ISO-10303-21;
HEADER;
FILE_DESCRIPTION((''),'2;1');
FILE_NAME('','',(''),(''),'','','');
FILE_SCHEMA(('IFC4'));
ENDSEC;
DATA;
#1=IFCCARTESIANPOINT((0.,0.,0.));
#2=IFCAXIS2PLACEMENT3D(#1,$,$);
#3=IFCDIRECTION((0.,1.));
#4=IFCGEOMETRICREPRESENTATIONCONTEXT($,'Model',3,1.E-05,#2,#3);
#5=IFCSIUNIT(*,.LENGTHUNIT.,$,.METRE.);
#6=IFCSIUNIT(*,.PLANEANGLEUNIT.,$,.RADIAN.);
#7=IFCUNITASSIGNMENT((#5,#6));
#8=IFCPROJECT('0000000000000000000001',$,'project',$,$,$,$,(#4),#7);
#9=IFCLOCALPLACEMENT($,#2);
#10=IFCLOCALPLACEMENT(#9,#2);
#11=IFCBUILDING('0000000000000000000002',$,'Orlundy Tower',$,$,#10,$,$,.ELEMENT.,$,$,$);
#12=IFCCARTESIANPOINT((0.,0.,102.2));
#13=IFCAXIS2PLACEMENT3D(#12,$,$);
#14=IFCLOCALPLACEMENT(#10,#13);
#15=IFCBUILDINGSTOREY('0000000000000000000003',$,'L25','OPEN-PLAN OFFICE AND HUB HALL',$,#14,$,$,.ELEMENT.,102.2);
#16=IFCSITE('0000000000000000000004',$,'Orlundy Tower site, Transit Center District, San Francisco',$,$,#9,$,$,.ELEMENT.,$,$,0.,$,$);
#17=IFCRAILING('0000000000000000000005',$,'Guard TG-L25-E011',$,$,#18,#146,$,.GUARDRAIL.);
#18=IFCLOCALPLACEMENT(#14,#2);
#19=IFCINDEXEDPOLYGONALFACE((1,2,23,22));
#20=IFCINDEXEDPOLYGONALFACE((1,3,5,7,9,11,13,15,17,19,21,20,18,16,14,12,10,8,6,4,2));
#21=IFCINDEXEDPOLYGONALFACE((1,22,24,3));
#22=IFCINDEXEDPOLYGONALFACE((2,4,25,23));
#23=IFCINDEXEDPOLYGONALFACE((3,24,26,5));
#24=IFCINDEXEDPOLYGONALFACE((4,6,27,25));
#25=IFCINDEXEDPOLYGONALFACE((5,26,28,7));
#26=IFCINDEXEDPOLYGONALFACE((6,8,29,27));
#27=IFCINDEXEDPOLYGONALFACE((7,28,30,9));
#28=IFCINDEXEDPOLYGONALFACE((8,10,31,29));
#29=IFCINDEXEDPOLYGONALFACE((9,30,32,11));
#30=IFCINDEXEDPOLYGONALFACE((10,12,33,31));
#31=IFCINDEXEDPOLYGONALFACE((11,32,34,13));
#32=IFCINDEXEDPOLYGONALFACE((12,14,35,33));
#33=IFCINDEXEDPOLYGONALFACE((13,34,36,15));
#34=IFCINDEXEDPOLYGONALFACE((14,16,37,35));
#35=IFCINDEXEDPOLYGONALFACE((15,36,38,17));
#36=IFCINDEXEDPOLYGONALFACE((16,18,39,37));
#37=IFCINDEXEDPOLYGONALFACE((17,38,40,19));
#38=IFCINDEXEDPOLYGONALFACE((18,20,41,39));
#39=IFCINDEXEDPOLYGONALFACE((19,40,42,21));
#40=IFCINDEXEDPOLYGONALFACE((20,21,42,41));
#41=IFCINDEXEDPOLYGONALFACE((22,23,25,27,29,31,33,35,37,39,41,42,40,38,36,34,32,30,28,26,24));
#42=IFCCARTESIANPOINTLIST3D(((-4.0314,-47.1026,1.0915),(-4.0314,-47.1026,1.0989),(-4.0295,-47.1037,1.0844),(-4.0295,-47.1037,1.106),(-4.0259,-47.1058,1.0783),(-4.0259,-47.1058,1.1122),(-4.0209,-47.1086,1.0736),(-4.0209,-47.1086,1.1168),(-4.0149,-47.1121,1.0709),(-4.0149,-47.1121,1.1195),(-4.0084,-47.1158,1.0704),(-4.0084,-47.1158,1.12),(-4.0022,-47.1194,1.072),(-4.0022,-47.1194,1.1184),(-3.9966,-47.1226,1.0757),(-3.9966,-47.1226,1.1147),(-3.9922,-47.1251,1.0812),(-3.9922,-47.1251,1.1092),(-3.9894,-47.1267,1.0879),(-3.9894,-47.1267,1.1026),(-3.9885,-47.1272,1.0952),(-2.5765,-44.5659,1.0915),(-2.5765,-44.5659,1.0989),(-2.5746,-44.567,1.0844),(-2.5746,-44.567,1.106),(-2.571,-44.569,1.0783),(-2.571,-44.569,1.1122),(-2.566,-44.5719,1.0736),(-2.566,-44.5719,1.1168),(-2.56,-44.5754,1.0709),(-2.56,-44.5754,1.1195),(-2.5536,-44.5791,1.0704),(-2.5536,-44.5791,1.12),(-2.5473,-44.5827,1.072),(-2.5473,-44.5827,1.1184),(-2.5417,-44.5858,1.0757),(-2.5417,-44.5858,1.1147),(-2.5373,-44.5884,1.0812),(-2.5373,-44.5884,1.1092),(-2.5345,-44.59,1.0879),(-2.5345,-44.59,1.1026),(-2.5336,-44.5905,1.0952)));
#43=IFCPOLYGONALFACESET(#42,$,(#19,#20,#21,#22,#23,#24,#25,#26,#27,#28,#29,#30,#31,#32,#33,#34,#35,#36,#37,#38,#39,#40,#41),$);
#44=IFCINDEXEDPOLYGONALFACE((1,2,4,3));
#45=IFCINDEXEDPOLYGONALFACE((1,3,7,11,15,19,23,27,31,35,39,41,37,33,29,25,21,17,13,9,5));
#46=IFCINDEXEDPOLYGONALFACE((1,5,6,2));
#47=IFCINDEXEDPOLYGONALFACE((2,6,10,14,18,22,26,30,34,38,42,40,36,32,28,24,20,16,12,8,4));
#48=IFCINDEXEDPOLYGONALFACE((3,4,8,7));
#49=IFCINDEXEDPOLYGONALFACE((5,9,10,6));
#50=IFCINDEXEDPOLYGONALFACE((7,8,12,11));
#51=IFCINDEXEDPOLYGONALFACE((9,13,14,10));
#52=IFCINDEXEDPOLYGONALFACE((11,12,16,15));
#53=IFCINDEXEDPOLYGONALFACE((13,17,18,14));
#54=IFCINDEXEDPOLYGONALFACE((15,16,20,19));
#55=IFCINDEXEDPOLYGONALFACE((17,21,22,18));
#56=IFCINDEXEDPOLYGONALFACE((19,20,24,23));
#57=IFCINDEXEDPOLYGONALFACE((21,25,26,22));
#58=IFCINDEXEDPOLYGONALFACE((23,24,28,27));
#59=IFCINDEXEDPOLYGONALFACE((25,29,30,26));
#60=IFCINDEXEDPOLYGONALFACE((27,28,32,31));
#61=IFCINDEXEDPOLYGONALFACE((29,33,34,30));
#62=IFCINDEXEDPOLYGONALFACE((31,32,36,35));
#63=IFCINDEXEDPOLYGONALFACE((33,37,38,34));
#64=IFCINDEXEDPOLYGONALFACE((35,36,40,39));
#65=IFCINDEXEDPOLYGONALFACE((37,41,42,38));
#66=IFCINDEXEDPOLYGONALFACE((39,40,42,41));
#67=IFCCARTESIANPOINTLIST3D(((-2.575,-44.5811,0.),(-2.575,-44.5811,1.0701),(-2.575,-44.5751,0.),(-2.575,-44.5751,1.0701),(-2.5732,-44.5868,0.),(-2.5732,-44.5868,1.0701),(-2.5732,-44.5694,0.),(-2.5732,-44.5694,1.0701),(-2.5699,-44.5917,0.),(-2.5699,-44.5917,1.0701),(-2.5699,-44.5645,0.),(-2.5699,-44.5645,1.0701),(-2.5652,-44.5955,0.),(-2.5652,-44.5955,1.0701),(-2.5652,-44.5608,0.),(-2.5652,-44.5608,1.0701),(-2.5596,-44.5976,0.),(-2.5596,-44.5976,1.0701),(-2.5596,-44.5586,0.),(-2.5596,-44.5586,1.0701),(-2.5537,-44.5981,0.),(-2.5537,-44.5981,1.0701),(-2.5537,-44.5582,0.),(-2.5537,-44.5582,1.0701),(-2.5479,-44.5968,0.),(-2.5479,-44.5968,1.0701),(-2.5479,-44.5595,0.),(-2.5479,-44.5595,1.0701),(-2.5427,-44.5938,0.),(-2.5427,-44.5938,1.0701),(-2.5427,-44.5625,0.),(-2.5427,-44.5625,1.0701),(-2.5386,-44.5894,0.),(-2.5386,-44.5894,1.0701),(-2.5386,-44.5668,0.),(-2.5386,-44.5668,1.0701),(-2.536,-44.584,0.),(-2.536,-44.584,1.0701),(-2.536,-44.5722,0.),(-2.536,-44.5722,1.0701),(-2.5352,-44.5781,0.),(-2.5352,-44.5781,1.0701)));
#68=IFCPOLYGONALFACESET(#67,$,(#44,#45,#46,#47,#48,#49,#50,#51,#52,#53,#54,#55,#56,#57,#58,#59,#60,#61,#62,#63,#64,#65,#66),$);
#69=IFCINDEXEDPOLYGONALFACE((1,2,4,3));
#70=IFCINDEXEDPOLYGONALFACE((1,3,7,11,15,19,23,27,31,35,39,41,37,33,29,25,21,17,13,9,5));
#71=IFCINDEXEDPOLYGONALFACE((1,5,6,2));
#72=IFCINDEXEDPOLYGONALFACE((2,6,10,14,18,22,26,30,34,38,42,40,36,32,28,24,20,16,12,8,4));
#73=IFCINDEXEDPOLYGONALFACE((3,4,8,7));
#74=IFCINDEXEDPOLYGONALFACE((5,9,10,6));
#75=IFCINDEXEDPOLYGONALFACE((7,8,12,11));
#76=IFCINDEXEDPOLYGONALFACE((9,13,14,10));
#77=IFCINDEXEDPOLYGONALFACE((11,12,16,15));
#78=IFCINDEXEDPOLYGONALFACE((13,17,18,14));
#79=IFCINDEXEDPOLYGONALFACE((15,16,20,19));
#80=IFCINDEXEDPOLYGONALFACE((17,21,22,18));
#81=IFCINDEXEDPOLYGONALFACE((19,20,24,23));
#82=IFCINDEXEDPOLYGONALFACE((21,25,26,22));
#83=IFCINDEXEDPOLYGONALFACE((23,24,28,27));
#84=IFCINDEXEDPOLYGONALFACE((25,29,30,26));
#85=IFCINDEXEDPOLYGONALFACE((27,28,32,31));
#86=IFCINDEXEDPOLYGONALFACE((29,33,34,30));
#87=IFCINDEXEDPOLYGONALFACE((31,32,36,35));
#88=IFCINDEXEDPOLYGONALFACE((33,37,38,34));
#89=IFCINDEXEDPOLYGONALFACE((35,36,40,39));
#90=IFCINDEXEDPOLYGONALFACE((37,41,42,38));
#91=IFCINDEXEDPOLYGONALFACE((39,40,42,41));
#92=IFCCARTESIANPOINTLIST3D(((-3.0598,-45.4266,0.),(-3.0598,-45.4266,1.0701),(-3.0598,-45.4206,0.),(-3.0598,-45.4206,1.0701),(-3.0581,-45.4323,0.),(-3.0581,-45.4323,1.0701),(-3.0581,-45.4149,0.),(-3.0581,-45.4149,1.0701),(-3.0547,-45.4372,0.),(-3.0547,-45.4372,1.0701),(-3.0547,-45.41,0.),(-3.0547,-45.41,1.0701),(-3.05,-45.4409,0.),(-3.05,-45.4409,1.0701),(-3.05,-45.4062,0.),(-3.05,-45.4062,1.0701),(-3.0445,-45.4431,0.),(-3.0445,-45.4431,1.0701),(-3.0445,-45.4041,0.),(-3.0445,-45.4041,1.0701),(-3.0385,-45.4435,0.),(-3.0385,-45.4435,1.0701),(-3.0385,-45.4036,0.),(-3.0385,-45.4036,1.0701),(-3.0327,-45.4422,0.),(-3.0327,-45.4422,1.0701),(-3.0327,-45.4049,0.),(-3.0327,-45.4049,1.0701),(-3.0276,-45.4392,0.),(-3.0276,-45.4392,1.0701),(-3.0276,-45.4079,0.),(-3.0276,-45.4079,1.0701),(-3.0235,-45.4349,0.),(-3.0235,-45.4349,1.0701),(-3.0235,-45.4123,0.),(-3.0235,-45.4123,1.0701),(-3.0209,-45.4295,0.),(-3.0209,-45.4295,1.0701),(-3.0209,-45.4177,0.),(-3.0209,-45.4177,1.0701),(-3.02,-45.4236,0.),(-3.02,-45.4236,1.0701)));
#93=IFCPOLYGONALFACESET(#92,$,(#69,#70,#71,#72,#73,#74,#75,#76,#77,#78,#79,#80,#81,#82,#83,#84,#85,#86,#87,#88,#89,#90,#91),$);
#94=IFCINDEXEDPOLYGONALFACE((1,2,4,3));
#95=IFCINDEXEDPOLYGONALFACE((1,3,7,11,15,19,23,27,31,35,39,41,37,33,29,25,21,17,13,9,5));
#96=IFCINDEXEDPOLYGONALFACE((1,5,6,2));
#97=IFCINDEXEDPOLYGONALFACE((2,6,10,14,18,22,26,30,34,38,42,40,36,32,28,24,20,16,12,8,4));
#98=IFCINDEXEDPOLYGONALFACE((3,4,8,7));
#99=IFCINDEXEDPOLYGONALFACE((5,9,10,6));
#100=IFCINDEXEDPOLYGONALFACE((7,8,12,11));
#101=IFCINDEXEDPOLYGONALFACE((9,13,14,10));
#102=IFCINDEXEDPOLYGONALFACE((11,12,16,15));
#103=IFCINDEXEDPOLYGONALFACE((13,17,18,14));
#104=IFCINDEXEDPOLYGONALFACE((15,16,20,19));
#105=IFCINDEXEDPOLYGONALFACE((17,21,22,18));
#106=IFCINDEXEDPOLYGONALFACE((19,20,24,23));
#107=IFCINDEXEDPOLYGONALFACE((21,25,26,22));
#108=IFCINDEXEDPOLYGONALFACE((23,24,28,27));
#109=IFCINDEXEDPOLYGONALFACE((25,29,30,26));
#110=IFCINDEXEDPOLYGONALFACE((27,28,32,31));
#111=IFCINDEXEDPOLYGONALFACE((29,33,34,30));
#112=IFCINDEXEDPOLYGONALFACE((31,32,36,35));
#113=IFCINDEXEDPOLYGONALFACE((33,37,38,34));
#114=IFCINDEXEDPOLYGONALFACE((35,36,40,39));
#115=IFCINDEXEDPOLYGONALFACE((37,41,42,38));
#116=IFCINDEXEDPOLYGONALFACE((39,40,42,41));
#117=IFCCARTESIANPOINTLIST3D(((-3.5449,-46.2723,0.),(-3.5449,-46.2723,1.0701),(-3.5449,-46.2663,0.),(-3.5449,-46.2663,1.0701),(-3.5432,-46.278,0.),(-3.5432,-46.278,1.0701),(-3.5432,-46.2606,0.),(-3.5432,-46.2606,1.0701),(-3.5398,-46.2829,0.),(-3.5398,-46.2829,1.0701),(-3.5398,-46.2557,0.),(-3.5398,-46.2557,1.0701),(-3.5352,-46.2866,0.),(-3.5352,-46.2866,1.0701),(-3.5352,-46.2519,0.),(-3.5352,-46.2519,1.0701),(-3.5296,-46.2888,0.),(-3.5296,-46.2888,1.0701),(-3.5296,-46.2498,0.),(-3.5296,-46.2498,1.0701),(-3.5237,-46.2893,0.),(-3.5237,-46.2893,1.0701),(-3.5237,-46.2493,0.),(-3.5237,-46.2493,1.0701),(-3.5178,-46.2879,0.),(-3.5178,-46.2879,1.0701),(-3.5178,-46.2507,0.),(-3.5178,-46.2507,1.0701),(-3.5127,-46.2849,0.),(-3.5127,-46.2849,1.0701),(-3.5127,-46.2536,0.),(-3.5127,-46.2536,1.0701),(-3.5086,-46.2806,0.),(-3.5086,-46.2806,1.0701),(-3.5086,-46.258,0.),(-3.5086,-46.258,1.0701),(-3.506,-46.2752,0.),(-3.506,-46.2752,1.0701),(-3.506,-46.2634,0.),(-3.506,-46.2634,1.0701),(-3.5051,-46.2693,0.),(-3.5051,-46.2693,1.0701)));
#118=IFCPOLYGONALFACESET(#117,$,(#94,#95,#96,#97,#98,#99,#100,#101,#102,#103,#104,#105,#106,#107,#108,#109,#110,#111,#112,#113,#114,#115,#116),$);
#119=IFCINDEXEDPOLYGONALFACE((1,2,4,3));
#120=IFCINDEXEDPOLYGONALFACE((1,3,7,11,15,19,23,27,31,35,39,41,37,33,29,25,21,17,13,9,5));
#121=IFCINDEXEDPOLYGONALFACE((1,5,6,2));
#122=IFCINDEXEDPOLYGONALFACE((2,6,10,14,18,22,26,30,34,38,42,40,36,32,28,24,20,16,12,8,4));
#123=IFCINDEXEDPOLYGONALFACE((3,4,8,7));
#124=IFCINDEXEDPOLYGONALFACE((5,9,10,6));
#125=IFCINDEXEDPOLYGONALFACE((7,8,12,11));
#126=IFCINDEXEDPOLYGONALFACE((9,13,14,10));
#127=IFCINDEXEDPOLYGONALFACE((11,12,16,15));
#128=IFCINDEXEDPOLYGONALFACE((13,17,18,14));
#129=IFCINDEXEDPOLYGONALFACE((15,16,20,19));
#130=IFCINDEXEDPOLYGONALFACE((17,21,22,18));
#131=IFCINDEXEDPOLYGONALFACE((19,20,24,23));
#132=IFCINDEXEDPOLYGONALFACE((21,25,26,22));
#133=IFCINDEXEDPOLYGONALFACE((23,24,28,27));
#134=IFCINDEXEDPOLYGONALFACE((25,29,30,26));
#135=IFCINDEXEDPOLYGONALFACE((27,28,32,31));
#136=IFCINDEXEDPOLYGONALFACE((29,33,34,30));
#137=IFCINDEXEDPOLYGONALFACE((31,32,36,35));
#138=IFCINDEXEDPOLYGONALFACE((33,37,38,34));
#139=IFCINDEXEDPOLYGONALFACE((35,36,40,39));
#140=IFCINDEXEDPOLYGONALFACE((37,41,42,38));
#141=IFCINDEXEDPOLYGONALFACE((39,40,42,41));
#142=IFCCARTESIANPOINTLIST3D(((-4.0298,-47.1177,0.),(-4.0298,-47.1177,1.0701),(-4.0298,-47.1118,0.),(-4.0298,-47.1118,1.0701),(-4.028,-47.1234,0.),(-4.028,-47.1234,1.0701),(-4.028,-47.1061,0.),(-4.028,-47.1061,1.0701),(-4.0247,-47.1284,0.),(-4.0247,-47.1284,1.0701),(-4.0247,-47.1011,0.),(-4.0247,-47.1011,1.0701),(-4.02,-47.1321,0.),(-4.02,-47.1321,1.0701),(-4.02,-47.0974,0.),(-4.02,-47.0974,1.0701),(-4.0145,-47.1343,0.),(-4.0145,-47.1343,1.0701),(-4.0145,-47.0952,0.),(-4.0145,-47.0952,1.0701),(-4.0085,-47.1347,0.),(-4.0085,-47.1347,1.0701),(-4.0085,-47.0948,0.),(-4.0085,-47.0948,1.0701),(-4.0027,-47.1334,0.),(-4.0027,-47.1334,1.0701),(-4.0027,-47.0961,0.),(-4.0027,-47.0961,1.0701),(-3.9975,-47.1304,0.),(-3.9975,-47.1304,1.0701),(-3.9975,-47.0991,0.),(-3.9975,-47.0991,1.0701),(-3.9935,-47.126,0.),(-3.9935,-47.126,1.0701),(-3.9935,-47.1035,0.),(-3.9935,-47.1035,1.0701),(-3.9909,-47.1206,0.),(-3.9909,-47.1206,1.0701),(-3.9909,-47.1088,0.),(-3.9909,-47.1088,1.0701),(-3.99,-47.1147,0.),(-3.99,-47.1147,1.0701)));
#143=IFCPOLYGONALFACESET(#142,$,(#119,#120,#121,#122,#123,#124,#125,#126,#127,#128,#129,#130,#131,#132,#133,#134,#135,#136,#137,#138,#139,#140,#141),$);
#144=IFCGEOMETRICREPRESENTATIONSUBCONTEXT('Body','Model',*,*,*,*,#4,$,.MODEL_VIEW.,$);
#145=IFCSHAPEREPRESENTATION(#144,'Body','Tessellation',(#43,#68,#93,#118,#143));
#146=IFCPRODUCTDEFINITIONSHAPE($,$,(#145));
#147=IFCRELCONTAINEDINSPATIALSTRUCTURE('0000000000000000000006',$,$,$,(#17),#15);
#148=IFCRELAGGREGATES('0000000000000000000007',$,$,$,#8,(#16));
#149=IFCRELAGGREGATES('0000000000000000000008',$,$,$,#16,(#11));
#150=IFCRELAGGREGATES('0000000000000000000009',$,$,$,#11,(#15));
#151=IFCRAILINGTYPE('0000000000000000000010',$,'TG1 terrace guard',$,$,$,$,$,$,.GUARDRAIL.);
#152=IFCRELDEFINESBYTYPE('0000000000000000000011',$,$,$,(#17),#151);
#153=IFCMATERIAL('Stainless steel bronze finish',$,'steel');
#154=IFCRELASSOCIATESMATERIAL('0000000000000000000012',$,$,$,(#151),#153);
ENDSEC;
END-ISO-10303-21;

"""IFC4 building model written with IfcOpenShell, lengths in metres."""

from ifc_helpers import new_model, si_unit, direction, frame, origin, origin_2d, place, context, subcontext, project, spatial, circle, extrude, material, type_object, element, save


model = new_model("IFC4")

# Units and contexts
model_context = context("Model", 3, precision=1e-05, world=origin(), true_north=direction((0.0, 1.0)))
body_context = subcontext(model_context, "Body", "Model", "MODEL_VIEW")
ifc_project = project(units=[si_unit("LENGTHUNIT", "METRE"), si_unit("PLANEANGLEUNIT", "RADIAN")], contexts=[model_context])

# Site, building, storey
site_placement = place(None, origin())
site = spatial("IfcSite", under=ifc_project, at=site_placement, Name="Orlundy Tower site, Transit Center District, San Francisco", CompositionType="ELEMENT", RefElevation=0.0)
building_placement = place(site_placement, origin())
building = spatial("IfcBuilding", under=site, at=building_placement, Name="Orlundy Tower", CompositionType="ELEMENT")
storey_placement = place(building_placement, frame((0.0, 0.0, 102.2)))
storey = spatial("IfcBuildingStorey", under=building, at=storey_placement, Name="L25", Description="OPEN-PLAN OFFICE AND HUB HALL", CompositionType="ELEMENT", Elevation=102.2)

# Railing
ifc_material_1 = material(Name="Stainless steel bronze finish", Category="steel")
railing_type = type_object("IfcRailingType", Name="TG1 terrace guard", PredefinedType="GUARDRAIL", material=ifc_material_1)
railing_placement = place(storey_placement, frame((-2.5552, -44.5781, 0.0)))
element("IfcRailing", 1, at=railing_placement, inside=storey, type_object=railing_type, Name="Guard TG-L25-E011", PredefinedType="GUARDRAIL", context=body_context, shape_type="SweptSolid", body=[
    extrude(circle(Radius=0.0249, at=origin_2d()), frame((0.0, 0.0, 1.0952), z_axis=(-0.497514, -0.867456, 0.0), x_axis=(0.867456, -0.497514, 0.0)), (0.0, 0.0, 1.0), 2.9243),
    extrude(circle(Radius=0.02, at=origin_2d()), origin(), (0.0, 0.0, 1.0), 1.0701),
    extrude(circle(Radius=0.02, at=origin_2d()), frame((-0.4849, -0.8455, 0.0)), (0.0, 0.0, 1.0), 1.0701),
    extrude(circle(Radius=0.02, at=origin_2d()), frame((-0.97, -1.6912, 0.0)), (0.0, 0.0, 1.0), 1.0701),
    extrude(circle(Radius=0.02, at=origin_2d()), frame((-1.4548, -2.5366, 0.0)), (0.0, 0.0, 1.0), 1.0701),
])

save(model, "model.ifc")
